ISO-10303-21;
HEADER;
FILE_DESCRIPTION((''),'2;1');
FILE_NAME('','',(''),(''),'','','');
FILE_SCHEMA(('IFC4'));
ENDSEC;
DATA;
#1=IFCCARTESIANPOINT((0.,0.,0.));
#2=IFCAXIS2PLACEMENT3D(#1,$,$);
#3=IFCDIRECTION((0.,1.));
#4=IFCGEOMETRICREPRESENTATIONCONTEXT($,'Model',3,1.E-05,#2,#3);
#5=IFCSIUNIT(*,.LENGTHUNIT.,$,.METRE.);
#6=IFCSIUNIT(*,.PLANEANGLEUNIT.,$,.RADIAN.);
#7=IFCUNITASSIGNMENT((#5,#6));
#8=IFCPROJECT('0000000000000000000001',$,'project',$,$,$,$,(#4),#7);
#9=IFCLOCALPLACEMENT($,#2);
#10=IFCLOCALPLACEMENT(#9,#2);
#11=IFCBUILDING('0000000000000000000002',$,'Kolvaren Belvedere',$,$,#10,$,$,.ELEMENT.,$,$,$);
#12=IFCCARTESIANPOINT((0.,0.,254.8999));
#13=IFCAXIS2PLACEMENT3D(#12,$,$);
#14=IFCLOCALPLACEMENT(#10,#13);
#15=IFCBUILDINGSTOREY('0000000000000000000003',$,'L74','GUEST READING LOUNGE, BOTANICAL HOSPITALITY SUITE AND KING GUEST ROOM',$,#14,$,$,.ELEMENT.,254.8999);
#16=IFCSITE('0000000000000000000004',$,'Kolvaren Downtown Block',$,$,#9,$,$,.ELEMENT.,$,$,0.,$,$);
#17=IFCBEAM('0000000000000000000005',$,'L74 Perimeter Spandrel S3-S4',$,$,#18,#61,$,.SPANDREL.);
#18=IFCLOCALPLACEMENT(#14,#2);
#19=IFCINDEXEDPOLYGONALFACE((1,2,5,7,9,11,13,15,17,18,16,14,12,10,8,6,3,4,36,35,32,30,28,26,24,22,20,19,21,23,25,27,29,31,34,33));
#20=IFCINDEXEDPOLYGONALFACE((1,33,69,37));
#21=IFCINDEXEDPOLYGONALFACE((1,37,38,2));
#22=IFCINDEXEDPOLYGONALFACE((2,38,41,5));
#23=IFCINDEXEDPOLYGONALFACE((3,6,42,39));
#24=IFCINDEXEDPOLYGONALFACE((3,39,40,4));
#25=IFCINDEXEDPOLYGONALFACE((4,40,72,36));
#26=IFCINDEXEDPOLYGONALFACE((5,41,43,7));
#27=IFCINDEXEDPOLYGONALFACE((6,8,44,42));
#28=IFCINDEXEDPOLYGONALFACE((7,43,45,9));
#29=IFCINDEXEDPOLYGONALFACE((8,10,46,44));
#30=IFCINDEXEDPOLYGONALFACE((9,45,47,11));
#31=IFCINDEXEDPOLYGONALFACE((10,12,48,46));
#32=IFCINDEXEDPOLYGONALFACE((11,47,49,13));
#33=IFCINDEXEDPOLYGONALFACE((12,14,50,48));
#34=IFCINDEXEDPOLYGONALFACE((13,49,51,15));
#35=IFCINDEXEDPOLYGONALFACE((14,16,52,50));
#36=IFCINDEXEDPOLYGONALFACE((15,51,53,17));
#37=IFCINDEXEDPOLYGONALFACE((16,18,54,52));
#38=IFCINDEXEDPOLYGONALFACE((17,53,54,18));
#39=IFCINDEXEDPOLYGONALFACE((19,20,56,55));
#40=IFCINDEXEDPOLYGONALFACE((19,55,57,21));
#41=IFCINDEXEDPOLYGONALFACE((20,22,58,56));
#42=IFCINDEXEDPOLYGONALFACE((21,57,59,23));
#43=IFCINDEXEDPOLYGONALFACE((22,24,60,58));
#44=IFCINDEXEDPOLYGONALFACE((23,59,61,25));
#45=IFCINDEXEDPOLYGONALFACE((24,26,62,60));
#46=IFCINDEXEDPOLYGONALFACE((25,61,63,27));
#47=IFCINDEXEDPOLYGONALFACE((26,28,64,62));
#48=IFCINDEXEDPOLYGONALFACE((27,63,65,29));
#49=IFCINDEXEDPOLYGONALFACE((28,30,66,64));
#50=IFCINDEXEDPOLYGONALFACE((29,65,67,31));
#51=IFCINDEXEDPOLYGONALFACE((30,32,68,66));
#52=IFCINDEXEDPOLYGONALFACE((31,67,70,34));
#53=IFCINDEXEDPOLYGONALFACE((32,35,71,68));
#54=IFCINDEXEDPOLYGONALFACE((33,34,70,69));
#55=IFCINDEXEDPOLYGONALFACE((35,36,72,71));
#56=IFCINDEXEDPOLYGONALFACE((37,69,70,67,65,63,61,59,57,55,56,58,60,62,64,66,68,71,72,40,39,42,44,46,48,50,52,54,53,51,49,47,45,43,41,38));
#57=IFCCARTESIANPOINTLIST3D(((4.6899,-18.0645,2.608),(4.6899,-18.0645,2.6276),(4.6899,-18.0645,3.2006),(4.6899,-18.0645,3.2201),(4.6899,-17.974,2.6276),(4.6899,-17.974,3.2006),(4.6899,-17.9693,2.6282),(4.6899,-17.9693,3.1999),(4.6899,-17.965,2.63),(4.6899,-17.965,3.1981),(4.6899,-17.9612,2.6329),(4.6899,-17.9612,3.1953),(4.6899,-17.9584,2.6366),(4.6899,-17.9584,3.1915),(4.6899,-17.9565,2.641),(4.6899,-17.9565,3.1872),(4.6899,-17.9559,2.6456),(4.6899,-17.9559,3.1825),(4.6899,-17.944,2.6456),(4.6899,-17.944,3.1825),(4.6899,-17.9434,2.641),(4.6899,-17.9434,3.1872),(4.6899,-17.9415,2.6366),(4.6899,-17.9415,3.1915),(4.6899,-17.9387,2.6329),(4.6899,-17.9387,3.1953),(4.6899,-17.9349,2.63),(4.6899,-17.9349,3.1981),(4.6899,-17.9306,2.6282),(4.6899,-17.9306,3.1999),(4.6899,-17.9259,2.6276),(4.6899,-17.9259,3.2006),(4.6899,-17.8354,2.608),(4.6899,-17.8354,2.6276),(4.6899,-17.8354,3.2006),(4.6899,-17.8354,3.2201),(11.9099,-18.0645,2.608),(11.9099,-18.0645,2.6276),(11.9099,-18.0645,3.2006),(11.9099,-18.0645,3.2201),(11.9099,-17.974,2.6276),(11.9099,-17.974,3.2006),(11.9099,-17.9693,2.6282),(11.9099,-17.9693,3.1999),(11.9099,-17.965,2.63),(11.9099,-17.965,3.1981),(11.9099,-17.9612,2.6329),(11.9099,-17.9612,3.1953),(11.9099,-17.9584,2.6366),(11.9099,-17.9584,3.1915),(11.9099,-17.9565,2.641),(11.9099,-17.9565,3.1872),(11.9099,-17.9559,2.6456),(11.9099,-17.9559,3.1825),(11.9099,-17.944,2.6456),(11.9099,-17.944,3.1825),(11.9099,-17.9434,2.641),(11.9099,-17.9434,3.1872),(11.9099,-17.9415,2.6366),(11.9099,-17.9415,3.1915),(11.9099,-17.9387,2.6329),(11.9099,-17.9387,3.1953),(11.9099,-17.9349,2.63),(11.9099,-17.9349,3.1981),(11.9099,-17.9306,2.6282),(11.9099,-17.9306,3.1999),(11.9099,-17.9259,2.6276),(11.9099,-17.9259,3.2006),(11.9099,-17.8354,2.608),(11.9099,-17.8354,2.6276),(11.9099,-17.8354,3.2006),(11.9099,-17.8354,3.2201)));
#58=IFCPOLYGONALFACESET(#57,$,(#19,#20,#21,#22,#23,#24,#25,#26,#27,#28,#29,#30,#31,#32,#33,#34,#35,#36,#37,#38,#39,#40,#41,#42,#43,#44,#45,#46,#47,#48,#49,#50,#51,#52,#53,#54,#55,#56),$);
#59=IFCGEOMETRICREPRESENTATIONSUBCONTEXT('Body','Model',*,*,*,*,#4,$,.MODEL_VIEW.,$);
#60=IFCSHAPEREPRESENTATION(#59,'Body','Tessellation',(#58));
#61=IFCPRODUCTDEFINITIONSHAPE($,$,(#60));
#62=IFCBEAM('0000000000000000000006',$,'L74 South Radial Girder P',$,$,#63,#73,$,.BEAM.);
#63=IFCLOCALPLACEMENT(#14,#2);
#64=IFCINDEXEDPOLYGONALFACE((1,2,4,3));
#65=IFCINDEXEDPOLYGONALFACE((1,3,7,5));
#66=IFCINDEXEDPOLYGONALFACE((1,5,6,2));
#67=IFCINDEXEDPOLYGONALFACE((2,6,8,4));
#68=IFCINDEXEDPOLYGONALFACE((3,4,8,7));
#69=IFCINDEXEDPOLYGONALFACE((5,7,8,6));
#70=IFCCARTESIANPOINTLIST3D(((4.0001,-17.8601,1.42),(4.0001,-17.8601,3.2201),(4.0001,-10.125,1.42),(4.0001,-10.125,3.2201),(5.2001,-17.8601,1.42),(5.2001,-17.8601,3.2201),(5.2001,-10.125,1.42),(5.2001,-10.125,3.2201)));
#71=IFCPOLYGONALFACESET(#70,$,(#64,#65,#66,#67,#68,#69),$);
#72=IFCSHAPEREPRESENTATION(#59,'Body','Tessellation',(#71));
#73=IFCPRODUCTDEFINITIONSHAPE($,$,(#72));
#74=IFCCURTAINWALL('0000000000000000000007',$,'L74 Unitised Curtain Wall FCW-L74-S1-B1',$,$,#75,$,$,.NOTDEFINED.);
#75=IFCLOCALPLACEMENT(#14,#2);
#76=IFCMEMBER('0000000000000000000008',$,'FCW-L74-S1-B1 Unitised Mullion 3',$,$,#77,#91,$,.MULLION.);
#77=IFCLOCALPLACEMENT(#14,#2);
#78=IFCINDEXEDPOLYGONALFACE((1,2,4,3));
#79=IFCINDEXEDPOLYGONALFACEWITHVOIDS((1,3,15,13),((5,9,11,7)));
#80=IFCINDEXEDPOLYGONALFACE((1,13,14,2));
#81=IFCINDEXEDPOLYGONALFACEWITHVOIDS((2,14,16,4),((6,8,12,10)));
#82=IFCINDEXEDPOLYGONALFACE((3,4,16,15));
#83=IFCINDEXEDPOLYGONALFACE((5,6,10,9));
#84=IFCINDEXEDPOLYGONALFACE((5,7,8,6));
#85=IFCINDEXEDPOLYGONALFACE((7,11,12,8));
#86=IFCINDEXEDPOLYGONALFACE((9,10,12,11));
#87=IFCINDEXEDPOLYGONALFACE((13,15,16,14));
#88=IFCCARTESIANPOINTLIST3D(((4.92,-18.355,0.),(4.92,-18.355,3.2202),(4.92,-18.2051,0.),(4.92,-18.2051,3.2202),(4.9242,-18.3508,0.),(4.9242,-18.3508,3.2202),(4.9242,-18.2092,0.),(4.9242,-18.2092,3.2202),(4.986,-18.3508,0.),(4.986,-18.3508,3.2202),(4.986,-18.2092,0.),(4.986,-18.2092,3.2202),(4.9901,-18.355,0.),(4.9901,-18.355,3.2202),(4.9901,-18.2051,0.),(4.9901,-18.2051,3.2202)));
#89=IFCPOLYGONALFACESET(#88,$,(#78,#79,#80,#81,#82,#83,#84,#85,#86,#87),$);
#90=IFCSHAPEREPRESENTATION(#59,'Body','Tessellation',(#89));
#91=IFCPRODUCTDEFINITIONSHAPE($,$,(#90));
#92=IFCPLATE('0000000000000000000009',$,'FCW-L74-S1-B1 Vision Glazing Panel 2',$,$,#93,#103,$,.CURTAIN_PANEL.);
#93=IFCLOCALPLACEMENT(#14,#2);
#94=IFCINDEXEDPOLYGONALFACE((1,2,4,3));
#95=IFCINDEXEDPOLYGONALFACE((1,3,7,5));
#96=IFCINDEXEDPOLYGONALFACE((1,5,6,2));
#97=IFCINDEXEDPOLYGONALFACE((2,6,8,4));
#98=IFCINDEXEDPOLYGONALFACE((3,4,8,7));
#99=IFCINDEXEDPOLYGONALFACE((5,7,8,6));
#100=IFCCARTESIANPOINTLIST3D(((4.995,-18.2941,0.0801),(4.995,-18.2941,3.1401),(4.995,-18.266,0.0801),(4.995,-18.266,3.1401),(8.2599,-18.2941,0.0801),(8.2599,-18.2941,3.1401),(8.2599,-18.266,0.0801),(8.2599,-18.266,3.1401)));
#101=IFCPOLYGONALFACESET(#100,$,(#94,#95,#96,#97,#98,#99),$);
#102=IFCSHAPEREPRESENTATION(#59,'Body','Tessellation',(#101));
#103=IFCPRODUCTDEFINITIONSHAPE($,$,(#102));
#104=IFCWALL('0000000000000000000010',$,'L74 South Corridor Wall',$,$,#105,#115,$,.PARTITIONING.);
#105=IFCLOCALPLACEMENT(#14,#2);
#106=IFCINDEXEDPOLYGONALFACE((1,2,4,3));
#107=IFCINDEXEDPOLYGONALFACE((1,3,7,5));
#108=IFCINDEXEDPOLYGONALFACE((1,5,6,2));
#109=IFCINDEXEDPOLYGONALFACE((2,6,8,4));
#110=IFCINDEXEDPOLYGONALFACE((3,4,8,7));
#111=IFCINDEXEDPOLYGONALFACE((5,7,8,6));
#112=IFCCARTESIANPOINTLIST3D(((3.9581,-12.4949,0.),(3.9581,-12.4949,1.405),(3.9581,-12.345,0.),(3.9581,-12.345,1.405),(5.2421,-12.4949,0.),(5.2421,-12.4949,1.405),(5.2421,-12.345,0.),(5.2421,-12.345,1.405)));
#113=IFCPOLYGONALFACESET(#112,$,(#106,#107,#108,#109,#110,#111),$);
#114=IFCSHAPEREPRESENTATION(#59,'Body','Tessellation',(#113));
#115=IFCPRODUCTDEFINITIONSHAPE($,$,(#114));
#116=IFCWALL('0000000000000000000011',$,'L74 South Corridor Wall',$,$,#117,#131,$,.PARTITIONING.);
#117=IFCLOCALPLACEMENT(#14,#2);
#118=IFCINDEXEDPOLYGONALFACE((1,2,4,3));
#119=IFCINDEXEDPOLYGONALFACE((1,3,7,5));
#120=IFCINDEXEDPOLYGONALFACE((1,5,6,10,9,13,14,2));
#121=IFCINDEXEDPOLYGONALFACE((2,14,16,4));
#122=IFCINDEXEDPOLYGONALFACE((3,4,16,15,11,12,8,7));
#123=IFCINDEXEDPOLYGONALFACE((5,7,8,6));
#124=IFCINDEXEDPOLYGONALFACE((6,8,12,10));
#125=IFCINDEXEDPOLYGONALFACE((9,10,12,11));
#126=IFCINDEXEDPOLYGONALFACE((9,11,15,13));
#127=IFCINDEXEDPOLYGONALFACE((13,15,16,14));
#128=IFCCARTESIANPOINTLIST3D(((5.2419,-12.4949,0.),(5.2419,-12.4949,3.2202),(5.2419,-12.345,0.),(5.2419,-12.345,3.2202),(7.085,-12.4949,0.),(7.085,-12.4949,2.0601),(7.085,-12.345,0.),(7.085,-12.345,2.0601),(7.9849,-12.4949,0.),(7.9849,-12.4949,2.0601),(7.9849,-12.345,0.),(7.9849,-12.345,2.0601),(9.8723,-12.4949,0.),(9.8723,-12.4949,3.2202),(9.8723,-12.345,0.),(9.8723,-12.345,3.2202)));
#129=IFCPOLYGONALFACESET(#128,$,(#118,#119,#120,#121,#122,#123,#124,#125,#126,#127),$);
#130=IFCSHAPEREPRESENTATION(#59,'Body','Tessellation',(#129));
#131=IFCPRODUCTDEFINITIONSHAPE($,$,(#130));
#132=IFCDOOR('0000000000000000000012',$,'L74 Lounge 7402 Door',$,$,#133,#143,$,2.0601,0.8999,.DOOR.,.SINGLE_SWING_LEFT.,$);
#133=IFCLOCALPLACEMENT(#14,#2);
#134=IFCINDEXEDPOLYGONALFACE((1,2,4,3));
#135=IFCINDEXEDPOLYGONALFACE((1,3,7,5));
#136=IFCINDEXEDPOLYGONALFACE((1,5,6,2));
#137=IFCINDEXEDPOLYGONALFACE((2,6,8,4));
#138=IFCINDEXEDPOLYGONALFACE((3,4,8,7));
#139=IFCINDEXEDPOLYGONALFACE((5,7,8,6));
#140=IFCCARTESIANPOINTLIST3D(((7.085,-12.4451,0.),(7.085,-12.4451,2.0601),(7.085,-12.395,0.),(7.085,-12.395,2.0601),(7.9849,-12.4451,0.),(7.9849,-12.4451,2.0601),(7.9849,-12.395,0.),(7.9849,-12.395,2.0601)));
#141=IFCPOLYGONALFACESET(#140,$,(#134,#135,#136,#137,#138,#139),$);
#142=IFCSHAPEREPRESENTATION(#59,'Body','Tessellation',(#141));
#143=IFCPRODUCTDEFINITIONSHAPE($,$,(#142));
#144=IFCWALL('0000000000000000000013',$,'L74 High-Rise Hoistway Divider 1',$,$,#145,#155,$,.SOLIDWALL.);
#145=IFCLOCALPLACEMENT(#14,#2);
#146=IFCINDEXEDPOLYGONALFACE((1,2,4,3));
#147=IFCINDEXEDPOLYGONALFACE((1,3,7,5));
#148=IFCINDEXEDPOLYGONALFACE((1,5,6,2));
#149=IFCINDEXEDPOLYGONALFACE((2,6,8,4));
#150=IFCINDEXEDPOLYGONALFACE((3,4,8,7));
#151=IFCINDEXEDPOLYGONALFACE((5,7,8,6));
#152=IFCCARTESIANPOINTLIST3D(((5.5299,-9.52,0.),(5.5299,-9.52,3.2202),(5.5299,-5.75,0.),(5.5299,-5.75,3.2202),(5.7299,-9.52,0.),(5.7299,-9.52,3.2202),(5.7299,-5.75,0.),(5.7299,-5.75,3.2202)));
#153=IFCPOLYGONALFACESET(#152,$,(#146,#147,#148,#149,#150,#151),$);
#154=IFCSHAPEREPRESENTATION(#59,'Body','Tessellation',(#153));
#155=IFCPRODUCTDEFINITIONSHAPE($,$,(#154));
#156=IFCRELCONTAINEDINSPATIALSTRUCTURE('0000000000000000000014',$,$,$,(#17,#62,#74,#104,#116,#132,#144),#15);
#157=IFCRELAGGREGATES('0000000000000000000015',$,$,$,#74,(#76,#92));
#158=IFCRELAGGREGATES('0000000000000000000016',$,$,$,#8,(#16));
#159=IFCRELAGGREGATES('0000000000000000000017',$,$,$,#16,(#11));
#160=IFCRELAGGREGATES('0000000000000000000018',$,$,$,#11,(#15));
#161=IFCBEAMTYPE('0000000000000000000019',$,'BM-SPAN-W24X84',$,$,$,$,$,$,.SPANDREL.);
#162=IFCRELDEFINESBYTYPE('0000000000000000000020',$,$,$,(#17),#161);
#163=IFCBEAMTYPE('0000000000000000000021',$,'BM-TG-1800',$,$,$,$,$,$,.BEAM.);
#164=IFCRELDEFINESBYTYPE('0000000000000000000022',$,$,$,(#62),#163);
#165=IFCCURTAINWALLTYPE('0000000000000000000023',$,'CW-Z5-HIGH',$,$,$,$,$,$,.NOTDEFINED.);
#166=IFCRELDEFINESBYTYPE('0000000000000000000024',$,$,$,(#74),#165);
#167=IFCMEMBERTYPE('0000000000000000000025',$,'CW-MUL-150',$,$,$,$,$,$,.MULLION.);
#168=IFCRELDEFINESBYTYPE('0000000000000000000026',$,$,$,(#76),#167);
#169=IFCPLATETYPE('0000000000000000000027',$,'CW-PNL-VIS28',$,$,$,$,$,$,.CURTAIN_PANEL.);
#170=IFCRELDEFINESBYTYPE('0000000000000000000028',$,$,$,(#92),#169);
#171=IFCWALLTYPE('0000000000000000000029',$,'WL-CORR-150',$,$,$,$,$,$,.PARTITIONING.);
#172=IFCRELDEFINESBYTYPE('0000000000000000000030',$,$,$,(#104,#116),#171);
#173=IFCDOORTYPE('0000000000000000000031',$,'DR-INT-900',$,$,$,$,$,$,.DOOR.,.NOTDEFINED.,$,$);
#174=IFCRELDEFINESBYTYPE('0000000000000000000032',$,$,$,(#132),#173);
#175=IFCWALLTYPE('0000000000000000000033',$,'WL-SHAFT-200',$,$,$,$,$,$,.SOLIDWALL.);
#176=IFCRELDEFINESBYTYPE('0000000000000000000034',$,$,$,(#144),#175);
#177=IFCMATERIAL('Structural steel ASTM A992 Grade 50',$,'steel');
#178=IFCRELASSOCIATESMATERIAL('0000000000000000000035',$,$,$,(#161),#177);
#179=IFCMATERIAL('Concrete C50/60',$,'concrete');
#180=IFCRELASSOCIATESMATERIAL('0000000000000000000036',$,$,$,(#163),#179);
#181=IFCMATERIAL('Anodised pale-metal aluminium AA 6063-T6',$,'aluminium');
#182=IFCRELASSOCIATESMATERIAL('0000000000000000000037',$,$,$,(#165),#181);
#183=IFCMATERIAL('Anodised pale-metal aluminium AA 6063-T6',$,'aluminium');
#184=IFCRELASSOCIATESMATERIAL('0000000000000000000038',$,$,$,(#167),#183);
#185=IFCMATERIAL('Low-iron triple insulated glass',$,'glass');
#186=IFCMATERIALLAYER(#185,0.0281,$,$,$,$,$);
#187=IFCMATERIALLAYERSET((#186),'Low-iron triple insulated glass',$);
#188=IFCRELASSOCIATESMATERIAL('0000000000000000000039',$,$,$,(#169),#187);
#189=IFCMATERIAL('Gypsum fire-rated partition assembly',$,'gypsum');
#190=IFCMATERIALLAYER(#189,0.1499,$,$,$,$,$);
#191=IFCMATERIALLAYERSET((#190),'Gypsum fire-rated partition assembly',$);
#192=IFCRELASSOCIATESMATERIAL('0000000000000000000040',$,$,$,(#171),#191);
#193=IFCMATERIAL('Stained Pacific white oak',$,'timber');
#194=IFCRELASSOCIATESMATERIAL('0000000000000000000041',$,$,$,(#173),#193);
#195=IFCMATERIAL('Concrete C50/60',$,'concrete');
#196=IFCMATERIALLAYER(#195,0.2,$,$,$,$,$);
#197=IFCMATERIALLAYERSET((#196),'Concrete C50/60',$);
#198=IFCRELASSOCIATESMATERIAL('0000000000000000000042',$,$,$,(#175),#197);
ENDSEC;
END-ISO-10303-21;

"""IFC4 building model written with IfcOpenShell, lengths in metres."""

from ifc_helpers import new_model, si_unit, direction, frame, frame_2d, origin, origin_2d, place, context, subcontext, project, spatial, rectangle, hollow_rectangle, i_section, extrude, material, layer, layer_set, material_profile, profile_set, type_object, element, fill, aggregate, save


model = new_model("IFC4")

# Units and contexts
model_context = context("Model", 3, precision=1e-05, world=origin(), true_north=direction((0.0, 1.0)))
body_context = subcontext(model_context, "Body", "Model", "MODEL_VIEW")
ifc_project = project(units=[si_unit("LENGTHUNIT", "METRE"), si_unit("PLANEANGLEUNIT", "RADIAN")], contexts=[model_context])

# Site, building, storey
site_placement = place(None, origin())
site = spatial("IfcSite", under=ifc_project, at=site_placement, Name="Kolvaren Downtown Block", CompositionType="ELEMENT", RefElevation=0.0)
building_placement = place(site_placement, origin())
building = spatial("IfcBuilding", under=site, at=building_placement, Name="Kolvaren Belvedere", CompositionType="ELEMENT")
storey_placement = place(building_placement, frame((0.0, 0.0, 254.8999)))
storey = spatial("IfcBuildingStorey", under=building, at=storey_placement, Name="L74", Description="GUEST READING LOUNGE, BOTANICAL HOSPITALITY SUITE AND KING GUEST ROOM", CompositionType="ELEMENT", Elevation=254.8999)

# Beams
ifc_material_1 = material(Name="Structural steel ASTM A992 Grade 50", Category="steel")
ifc_material_profile_1 = material_profile(ifc_material_1, i_section(OverallWidth=0.229, OverallDepth=0.6121, WebThickness=0.012, FlangeThickness=0.0195, FilletRadius=0.0181, at=origin_2d()), Name="W24X84")
ifc_profile_set_1 = profile_set([ifc_material_profile_1], Name="Structural steel ASTM A992 Grade 50")
beam_type_1 = type_object("IfcBeamType", Name="BM-SPAN-W24X84", PredefinedType="SPANDREL", material=ifc_profile_set_1)
beam_1_placement = place(storey_placement, frame((4.6899, -17.95, 2.9141), z_axis=(1.0, 0.0, 0.0), x_axis=(0.0, 1.0, 0.0)))
element("IfcBeam", 1, at=beam_1_placement, inside=storey, type_object=beam_type_1, Name="L74 Perimeter Spandrel S3-S4", PredefinedType="SPANDREL", context=body_context, shape_type="SweptSolid", body=[
    extrude(i_section(OverallWidth=0.229, OverallDepth=0.6121, WebThickness=0.012, FlangeThickness=0.0195, FilletRadius=0.0181, at=origin_2d()), origin(), (0.0, 0.0, 1.0), 7.22),
])
ifc_material_2 = material(Name="Concrete C50/60", Category="concrete")
ifc_material_profile_2 = material_profile(ifc_material_2, rectangle(XDim=1.2, YDim=1.8, at=origin_2d()), Name="RC 1200X1800")
ifc_profile_set_2 = profile_set([ifc_material_profile_2], Name="Concrete C50/60")
beam_type_2 = type_object("IfcBeamType", Name="BM-TG-1800", PredefinedType="BEAM", material=ifc_profile_set_2)
beam_2_placement = place(storey_placement, frame((4.6001, -10.125, 2.3201), z_axis=(0.0, -1.0, 0.0), x_axis=(1.0, 0.0, 0.0)))
element("IfcBeam", 2, at=beam_2_placement, inside=storey, type_object=beam_type_2, Name="L74 South Radial Girder P", PredefinedType="BEAM", context=body_context, shape_type="SweptSolid", body=[
    extrude(rectangle(XDim=1.2, YDim=1.8, at=origin_2d()), origin(), (0.0, 0.0, 1.0), 7.7351),
])

# Curtain wall, member, plate
ifc_material_3 = material(Name="Anodised pale-metal aluminium AA 6063-T6", Category="aluminium")
curtain_wall_type = type_object("IfcCurtainWallType", Name="CW-Z5-HIGH", PredefinedType="NOTDEFINED", material=ifc_material_3)
curtain_wall_placement = place(storey_placement, origin())
curtain_wall = element("IfcCurtainWall", 3, at=curtain_wall_placement, inside=storey, type_object=curtain_wall_type, Name="L74 Unitised Curtain Wall FCW-L74-S1-B1", PredefinedType="NOTDEFINED")
ifc_material_4 = material(Name="Anodised pale-metal aluminium AA 6063-T6", Category="aluminium")
ifc_material_profile_3 = material_profile(ifc_material_4, hollow_rectangle(XDim=0.0701, YDim=0.1499, WallThickness=0.0042, at=origin_2d()), Name="ALU-MUL-150X70")
ifc_profile_set_3 = profile_set([ifc_material_profile_3], Name="Anodised pale-metal aluminium AA 6063-T6")
member_type = type_object("IfcMemberType", Name="CW-MUL-150", PredefinedType="MULLION", material=ifc_profile_set_3)
member_placement = place(storey_placement, frame((4.9551, -18.28, 0.0), z_axis=(0.0, 0.0, 1.0), x_axis=(1.0, 0.0, 0.0)))
member = element("IfcMember", 4, at=member_placement, type_object=member_type, Name="FCW-L74-S1-B1 Unitised Mullion 3", PredefinedType="MULLION", context=body_context, shape_type="SweptSolid", body=[
    extrude(hollow_rectangle(XDim=0.0701, YDim=0.1499, WallThickness=0.0042, at=origin_2d()), origin(), (0.0, 0.0, 1.0), 3.2202),
])
ifc_material_5 = material(Name="Low-iron triple insulated glass", Category="glass")
ifc_layer_1 = layer(ifc_material_5, 0.0281)
ifc_layer_set_1 = layer_set([ifc_layer_1], Name="Low-iron triple insulated glass")
plate_type = type_object("IfcPlateType", Name="CW-PNL-VIS28", PredefinedType="CURTAIN_PANEL", material=ifc_layer_set_1)
plate_placement = place(storey_placement, frame((6.6274, -18.28, 0.0801), z_axis=(0.0, 0.0, 1.0), x_axis=(-1.0, 0.0, 0.0)))
plate = element("IfcPlate", 5, at=plate_placement, type_object=plate_type, Name="FCW-L74-S1-B1 Vision Glazing Panel 2", PredefinedType="CURTAIN_PANEL", context=body_context, shape_type="SweptSolid", body=[
    extrude(rectangle(XDim=3.2649, YDim=0.0281, at=origin_2d()), origin(), (0.0, 0.0, 1.0), 3.0601),
])
aggregate(curtain_wall, [member, plate])

# Wall
ifc_material_6 = material(Name="Gypsum fire-rated partition assembly", Category="gypsum")
ifc_layer_2 = layer(ifc_material_6, 0.1499)
ifc_layer_set_2 = layer_set([ifc_layer_2], Name="Gypsum fire-rated partition assembly")
wall_type_1 = type_object("IfcWallType", Name="WL-CORR-150", PredefinedType="PARTITIONING", material=ifc_layer_set_2)
wall_1_placement = place(storey_placement, frame((3.958, -12.4199, 0.0), z_axis=(0.0, 0.0, 1.0), x_axis=(1.0, 0.0, 0.0)))
element("IfcWall", 6, at=wall_1_placement, inside=storey, type_object=wall_type_1, Name="L74 South Corridor Wall", PredefinedType="PARTITIONING", context=body_context, shape_type="SweptSolid", body=[
    extrude(rectangle(XDim=1.2839, YDim=0.1499, at=frame_2d((0.6421, 0.0))), origin(), (0.0, 0.0, 1.0), 1.405),
])

# Wall, opening, door
wall_2_placement = place(storey_placement, frame((5.2419, -12.4199, 0.0), z_axis=(0.0, 0.0, 1.0), x_axis=(1.0, 0.0, 0.0)))
wall_2 = element("IfcWall", 7, at=wall_2_placement, inside=storey, type_object=wall_type_1, Name="L74 South Corridor Wall", PredefinedType="PARTITIONING", context=body_context, shape_type="SweptSolid", body=[
    extrude(rectangle(XDim=4.6304, YDim=0.1499, at=frame_2d((2.3152, 0.0))), origin(), (0.0, 0.0, 1.0), 3.2202),
])
opening_placement = place(wall_2_placement, frame((1.843, 0.0, 0.0)))
opening = element("IfcOpeningElement", 8, at=opening_placement, cuts=wall_2, PredefinedType="OPENING", context=body_context, shape_type="SweptSolid", body=[
    extrude(rectangle(XDim=0.8999, YDim=2.0601, at=frame_2d((0.45, 1.03))), frame((0.0, 0.085, 0.0), z_axis=(0.0, -1.0, 0.0), x_axis=(1.0, 0.0, 0.0)), (0.0, 0.0, 1.0), 0.1699),
])
ifc_material_7 = material(Name="Stained Pacific white oak", Category="timber")
door_type = type_object("IfcDoorType", Name="DR-INT-900", OperationType="NOTDEFINED", PredefinedType="DOOR", material=ifc_material_7)
door_placement = place(opening_placement, origin())
door = element("IfcDoor", 9, at=door_placement, inside=storey, type_object=door_type, Name="L74 Lounge 7402 Door", OperationType="SINGLE_SWING_LEFT", OverallHeight=2.0601, OverallWidth=0.8999, PredefinedType="DOOR", context=body_context, shape_type="SweptSolid", body=[
    extrude(rectangle(XDim=0.8999, YDim=2.0601, at=frame_2d((0.45, 1.03))), frame((0.0, 0.0249, 0.0), z_axis=(0.0, -1.0, 0.0), x_axis=(1.0, 0.0, 0.0)), (0.0, 0.0, 1.0), 0.05),
])
fill(opening, door)

# Wall
ifc_material_8 = material(Name="Concrete C50/60", Category="concrete")
ifc_layer_3 = layer(ifc_material_8, 0.2)
ifc_layer_set_3 = layer_set([ifc_layer_3], Name="Concrete C50/60")
wall_type_2 = type_object("IfcWallType", Name="WL-SHAFT-200", PredefinedType="SOLIDWALL", material=ifc_layer_set_3)
wall_3_placement = place(storey_placement, frame((5.6299, -9.52, 0.0), z_axis=(0.0, 0.0, 1.0), x_axis=(0.0, 1.0, 0.0)))
element("IfcWall", 10, at=wall_3_placement, inside=storey, type_object=wall_type_2, Name="L74 High-Rise Hoistway Divider 1", PredefinedType="SOLIDWALL", context=body_context, shape_type="SweptSolid", body=[
    extrude(rectangle(XDim=3.77, YDim=0.2, at=frame_2d((1.885, 0.0))), origin(), (0.0, 0.0, 1.0), 3.2202),
])

save(model, "model.ifc")
